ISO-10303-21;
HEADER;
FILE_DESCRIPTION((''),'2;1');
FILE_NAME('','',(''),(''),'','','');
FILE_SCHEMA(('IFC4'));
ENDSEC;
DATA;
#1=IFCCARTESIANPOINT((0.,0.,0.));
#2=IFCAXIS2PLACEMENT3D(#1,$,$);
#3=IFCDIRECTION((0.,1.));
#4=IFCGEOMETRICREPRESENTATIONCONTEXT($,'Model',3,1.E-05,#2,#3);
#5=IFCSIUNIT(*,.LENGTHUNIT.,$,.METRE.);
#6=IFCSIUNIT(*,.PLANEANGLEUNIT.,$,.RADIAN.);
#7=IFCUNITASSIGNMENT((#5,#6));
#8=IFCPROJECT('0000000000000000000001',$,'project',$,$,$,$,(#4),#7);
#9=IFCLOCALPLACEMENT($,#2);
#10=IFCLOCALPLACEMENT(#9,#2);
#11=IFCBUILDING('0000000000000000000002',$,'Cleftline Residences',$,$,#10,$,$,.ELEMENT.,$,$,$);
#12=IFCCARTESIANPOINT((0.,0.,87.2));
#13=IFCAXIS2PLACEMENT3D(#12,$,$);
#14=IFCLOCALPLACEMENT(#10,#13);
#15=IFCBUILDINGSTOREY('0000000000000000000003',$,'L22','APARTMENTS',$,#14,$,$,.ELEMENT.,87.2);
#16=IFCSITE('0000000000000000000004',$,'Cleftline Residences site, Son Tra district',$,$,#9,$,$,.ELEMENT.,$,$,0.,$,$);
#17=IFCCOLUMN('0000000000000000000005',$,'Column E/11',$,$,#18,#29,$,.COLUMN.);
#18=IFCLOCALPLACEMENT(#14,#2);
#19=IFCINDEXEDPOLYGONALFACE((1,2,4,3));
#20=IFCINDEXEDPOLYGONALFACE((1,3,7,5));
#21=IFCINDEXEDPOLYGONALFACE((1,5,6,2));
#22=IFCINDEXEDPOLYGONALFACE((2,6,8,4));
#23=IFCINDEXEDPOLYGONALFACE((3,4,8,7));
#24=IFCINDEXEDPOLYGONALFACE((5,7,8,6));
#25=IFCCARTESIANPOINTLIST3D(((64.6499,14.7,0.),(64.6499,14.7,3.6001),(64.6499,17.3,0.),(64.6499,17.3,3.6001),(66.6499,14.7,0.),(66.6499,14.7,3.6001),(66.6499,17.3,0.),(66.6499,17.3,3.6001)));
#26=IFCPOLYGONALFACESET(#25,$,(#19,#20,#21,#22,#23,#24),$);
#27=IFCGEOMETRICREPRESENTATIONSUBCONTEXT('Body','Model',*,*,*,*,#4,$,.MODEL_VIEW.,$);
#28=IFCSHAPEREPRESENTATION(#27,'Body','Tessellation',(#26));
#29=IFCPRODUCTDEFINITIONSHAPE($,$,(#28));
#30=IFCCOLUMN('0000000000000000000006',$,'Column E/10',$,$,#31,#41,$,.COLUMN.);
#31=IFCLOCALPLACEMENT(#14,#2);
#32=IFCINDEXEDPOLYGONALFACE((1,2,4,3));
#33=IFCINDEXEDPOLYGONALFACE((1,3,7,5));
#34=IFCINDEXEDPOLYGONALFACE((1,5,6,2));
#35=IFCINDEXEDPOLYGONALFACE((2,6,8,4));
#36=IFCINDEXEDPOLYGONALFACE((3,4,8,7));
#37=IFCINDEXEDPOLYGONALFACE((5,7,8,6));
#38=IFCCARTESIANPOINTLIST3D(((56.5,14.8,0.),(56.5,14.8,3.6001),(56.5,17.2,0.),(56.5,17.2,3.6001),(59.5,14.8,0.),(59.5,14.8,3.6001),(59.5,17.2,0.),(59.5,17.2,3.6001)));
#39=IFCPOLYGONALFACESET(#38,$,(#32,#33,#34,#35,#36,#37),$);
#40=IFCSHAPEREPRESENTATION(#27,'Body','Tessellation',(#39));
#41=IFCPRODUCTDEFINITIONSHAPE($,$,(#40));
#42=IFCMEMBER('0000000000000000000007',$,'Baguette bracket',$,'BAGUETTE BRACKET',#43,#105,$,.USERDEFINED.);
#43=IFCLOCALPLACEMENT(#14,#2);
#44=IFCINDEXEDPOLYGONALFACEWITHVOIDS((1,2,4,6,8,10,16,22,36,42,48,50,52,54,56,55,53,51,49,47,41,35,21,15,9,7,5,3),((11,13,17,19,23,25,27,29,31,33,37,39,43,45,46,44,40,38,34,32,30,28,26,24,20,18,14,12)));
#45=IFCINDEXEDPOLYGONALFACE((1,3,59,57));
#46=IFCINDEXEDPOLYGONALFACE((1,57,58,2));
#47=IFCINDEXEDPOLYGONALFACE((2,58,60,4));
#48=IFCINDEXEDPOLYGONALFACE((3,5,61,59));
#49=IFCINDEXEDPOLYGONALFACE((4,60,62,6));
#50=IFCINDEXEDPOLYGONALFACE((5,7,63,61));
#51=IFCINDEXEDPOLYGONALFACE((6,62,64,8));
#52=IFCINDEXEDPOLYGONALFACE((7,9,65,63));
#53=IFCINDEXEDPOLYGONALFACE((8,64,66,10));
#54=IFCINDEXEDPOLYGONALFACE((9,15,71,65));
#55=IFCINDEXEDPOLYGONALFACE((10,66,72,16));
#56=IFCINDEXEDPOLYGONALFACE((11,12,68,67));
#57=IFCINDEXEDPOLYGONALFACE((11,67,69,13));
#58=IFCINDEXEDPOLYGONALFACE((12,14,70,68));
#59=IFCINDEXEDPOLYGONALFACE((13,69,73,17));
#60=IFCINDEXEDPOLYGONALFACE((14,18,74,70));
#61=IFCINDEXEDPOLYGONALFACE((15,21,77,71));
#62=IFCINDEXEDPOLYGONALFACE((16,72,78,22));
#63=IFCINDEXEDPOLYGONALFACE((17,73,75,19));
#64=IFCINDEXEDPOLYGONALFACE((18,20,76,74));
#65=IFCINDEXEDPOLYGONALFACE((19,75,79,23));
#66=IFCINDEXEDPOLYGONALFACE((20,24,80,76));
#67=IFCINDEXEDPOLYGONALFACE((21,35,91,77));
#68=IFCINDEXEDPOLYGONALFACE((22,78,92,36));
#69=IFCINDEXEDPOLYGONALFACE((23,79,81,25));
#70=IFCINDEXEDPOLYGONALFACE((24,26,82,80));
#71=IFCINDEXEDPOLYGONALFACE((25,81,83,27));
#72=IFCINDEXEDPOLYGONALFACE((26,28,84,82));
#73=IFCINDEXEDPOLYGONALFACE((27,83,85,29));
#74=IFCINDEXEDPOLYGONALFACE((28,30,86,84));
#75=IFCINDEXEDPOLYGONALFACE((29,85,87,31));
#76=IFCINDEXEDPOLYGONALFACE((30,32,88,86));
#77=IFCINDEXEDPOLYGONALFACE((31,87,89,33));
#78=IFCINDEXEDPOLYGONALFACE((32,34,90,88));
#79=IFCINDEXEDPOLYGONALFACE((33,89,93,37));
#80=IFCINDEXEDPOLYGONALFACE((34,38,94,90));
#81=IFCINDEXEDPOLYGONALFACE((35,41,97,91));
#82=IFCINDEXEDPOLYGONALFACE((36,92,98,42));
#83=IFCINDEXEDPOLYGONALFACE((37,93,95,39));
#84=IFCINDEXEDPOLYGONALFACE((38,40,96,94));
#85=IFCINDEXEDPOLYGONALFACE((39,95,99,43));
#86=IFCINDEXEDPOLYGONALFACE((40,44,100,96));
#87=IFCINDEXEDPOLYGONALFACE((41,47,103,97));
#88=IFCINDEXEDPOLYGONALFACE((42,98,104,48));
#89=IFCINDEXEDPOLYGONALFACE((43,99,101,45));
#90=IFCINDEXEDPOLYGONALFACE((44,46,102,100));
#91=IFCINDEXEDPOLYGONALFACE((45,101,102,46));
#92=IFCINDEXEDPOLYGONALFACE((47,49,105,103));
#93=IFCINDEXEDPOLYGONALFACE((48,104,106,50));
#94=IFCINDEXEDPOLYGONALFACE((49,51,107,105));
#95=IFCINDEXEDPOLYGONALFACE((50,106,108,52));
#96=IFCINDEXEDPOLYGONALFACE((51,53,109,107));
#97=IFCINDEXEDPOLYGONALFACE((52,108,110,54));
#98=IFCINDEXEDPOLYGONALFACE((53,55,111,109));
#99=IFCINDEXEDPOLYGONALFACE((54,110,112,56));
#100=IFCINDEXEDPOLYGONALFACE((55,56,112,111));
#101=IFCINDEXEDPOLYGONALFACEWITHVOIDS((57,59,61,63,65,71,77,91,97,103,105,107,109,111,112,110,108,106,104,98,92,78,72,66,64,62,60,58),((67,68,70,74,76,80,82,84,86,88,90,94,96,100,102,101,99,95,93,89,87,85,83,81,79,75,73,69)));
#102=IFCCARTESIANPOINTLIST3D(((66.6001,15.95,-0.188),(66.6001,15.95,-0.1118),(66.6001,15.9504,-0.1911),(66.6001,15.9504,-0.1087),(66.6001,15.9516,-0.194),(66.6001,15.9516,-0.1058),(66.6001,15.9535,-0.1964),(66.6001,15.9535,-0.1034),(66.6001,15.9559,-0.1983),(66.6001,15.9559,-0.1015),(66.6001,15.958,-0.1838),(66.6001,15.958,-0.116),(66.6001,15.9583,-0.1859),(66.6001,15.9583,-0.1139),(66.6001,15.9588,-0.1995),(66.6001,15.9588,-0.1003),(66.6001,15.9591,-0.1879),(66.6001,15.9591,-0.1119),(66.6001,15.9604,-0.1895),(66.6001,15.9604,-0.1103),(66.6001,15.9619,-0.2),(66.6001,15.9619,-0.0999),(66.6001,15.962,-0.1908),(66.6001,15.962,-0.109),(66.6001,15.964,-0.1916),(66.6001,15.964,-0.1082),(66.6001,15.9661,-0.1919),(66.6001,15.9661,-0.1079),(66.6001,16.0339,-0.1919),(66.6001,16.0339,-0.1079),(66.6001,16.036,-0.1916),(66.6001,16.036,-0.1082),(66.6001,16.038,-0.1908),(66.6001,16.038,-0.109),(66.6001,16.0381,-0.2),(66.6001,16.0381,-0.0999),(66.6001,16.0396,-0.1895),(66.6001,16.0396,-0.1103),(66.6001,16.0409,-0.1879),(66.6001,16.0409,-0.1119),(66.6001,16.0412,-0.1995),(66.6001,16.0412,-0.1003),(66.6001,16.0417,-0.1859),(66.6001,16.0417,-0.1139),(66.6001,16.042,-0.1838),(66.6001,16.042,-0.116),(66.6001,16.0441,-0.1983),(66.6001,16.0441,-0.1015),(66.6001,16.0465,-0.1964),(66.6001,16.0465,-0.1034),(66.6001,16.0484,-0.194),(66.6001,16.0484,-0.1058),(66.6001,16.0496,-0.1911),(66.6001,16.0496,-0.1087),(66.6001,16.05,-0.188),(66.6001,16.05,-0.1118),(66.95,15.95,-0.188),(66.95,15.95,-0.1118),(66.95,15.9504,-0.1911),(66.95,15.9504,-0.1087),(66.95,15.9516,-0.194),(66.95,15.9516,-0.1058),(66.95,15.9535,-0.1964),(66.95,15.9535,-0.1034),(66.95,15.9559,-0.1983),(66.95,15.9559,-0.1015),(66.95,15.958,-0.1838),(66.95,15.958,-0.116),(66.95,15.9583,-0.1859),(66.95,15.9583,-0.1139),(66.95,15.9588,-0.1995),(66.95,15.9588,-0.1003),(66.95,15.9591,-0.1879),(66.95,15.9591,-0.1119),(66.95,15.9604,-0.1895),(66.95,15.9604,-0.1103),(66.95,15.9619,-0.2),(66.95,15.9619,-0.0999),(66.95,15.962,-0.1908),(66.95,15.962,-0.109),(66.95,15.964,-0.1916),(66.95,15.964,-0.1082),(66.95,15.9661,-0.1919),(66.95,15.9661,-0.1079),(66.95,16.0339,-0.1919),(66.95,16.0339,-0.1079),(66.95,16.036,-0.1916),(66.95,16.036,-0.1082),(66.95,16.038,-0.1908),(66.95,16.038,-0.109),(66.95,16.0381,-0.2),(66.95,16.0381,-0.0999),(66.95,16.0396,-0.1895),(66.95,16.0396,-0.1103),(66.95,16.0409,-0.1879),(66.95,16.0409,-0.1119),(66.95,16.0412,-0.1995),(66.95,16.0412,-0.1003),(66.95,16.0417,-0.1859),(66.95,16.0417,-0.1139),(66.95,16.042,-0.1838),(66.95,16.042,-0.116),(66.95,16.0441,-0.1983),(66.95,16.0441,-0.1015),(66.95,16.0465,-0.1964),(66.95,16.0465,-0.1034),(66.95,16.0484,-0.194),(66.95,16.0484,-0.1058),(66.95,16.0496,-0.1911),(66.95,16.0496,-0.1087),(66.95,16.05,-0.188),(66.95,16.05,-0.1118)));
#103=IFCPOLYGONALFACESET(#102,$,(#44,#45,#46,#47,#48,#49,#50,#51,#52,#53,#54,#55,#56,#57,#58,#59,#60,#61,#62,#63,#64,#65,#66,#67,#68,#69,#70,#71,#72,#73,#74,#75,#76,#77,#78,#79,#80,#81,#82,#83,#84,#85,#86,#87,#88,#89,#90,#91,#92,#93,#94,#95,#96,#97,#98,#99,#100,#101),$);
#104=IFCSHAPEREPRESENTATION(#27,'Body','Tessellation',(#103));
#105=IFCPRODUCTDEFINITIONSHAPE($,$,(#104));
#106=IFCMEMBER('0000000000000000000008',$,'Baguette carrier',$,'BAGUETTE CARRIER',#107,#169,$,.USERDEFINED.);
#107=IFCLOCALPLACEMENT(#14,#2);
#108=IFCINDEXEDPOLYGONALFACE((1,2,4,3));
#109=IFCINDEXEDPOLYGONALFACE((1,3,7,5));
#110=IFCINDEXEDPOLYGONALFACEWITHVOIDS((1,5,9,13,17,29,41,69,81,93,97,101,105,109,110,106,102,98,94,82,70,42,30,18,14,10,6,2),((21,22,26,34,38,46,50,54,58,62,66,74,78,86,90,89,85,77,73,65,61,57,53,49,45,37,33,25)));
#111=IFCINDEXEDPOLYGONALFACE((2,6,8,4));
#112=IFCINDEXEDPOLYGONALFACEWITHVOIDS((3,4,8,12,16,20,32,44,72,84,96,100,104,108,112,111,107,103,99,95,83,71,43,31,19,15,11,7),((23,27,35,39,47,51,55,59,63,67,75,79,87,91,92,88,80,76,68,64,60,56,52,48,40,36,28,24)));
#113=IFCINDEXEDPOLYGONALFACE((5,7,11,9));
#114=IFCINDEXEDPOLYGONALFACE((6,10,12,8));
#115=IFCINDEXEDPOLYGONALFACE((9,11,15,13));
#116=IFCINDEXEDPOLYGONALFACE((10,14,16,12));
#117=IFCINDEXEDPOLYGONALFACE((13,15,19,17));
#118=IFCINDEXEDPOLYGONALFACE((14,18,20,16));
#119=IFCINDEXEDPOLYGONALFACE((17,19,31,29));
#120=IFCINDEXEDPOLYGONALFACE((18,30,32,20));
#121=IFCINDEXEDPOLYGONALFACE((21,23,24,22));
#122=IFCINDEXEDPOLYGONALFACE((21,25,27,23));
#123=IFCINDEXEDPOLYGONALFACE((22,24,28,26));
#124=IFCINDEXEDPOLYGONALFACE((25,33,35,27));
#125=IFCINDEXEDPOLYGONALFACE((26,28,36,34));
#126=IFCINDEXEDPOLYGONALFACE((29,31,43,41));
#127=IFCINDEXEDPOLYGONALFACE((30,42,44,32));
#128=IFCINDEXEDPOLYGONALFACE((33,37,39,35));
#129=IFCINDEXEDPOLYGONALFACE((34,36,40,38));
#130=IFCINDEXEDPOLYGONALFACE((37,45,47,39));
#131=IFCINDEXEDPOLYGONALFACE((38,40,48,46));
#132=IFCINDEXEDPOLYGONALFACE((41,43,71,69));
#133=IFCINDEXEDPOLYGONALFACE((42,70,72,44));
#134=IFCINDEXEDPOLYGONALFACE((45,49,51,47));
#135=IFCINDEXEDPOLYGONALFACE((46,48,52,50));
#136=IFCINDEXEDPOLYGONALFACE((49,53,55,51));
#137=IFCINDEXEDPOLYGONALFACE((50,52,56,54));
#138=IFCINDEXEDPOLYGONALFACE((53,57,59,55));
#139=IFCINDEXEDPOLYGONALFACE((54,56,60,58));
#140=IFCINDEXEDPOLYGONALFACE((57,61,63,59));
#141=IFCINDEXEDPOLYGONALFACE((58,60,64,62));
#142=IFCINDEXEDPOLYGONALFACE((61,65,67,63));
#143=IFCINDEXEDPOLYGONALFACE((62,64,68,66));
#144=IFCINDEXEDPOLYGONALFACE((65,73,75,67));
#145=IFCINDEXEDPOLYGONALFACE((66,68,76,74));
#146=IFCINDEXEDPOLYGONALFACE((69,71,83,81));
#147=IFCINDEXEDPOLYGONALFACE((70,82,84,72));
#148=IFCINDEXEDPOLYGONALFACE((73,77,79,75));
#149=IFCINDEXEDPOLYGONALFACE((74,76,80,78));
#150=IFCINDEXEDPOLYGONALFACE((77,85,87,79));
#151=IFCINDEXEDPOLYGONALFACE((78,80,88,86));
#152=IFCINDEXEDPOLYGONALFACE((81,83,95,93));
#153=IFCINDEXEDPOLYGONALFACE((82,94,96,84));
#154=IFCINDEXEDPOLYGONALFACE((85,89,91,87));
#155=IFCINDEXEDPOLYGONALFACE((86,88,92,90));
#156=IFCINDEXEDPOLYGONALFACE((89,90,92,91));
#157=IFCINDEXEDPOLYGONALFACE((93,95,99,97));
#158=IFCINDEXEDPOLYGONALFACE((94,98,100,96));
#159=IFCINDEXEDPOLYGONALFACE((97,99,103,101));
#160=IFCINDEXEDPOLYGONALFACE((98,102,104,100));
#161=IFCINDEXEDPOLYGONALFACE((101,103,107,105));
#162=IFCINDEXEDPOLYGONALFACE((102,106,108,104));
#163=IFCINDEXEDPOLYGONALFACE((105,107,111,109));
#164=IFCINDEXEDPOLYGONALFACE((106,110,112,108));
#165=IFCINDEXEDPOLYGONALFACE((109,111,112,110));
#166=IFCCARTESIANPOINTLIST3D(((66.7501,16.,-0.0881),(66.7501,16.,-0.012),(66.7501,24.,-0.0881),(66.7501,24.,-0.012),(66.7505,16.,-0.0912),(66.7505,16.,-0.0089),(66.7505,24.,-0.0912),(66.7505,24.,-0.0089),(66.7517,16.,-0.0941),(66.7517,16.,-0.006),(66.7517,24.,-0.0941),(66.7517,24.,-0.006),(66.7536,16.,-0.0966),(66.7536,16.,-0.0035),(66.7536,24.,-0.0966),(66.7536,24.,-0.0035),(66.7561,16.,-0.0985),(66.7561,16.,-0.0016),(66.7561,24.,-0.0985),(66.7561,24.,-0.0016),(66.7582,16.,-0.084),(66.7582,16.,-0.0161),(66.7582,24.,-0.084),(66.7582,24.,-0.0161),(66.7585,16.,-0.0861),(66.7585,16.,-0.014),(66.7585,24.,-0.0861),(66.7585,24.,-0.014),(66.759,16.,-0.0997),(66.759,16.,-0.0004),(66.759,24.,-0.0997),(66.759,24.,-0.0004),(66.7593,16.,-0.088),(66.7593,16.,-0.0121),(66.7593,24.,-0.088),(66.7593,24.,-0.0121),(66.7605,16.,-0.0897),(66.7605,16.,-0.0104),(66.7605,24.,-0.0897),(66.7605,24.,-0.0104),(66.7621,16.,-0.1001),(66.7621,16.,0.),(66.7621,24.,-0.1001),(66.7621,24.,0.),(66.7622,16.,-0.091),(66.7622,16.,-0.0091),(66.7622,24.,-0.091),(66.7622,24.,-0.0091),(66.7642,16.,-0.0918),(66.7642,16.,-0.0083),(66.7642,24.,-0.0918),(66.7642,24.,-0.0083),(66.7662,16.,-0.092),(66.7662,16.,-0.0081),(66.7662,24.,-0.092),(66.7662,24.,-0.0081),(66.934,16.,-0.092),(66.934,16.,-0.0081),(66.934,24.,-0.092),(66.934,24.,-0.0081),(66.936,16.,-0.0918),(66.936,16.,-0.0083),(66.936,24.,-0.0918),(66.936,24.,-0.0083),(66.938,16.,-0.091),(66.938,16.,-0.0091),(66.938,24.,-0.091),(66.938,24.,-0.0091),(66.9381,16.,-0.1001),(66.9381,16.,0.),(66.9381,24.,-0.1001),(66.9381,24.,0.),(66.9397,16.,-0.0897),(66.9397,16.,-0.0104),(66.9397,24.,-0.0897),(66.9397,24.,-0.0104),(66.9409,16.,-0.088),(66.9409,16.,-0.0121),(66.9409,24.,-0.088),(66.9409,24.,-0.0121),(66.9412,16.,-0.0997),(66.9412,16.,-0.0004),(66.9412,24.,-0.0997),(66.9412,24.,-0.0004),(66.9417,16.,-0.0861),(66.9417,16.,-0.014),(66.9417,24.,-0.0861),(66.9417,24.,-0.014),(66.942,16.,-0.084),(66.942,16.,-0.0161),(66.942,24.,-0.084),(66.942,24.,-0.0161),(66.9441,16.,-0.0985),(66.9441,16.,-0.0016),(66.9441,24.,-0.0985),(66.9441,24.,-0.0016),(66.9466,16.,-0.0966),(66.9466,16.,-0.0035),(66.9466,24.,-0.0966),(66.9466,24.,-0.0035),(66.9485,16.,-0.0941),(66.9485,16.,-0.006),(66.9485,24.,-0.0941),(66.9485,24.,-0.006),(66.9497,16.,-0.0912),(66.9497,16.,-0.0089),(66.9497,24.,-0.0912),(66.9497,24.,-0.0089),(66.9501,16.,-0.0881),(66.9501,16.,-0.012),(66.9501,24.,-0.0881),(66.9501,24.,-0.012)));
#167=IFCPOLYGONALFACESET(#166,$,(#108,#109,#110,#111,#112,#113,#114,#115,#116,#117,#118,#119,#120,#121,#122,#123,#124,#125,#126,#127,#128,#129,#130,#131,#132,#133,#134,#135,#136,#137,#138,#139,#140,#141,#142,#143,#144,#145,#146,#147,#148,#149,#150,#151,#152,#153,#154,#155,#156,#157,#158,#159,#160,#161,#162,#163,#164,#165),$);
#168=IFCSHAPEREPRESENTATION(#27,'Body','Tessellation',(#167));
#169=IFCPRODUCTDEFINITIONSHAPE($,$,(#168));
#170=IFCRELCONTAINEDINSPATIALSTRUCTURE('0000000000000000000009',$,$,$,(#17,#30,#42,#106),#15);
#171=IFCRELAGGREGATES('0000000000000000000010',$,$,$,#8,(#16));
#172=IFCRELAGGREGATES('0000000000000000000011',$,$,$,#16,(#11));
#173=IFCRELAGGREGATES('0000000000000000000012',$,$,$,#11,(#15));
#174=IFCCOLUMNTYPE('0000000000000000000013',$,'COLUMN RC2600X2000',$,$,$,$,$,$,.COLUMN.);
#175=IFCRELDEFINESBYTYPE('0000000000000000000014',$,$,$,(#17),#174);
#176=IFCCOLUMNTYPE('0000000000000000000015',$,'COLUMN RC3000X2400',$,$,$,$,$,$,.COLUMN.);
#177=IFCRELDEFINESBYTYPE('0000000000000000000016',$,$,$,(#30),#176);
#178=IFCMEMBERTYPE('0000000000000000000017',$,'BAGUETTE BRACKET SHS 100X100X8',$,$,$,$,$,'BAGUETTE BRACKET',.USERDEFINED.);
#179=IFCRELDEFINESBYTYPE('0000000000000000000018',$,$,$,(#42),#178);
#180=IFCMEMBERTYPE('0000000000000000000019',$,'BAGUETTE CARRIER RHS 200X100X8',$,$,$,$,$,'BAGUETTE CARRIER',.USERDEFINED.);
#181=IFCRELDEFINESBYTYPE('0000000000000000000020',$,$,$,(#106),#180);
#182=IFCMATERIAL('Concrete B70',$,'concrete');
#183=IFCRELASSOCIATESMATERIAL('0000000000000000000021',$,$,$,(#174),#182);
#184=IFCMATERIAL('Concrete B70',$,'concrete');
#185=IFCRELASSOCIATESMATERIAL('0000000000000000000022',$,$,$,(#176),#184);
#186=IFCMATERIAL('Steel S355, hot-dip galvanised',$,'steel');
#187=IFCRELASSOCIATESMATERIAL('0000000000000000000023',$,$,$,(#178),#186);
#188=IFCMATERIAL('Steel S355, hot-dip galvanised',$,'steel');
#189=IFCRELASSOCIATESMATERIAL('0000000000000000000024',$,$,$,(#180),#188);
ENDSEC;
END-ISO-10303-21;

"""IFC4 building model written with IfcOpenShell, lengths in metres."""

from ifc_helpers import new_model, si_unit, direction, frame, origin, origin_2d, place, context, subcontext, project, spatial, rectangle, hollow_rectangle, extrude, material, material_profile, profile_set, type_object, element, save


model = new_model("IFC4")

# Units and contexts
model_context = context("Model", 3, precision=1e-05, world=origin(), true_north=direction((0.0, 1.0)))
body_context = subcontext(model_context, "Body", "Model", "MODEL_VIEW")
ifc_project = project(units=[si_unit("LENGTHUNIT", "METRE"), si_unit("PLANEANGLEUNIT", "RADIAN")], contexts=[model_context])

# Site, building, storey
site_placement = place(None, origin())
site = spatial("IfcSite", under=ifc_project, at=site_placement, Name="Cleftline Residences site, Son Tra district", CompositionType="ELEMENT", RefElevation=0.0)
building_placement = place(site_placement, origin())
building = spatial("IfcBuilding", under=site, at=building_placement, Name="Cleftline Residences", CompositionType="ELEMENT")
storey_placement = place(building_placement, frame((0.0, 0.0, 87.2)))
storey = spatial("IfcBuildingStorey", under=building, at=storey_placement, Name="L22", Description="APARTMENTS", CompositionType="ELEMENT", Elevation=87.2)

# Columns
ifc_material_1 = material(Name="Concrete B70", Category="concrete")
ifc_material_profile_1 = material_profile(ifc_material_1, rectangle(XDim=2.6001, YDim=2.0, at=origin_2d()))
ifc_profile_set_1 = profile_set([ifc_material_profile_1], Name="Concrete B70")
column_type_1 = type_object("IfcColumnType", Name="COLUMN RC2600X2000", PredefinedType="COLUMN", material=ifc_profile_set_1)
column_1_placement = place(storey_placement, frame((65.6499, 16.0, 0.0), z_axis=(0.0, 0.0, 1.0), x_axis=(0.0, 1.0, 0.0)))
element("IfcColumn", 1, at=column_1_placement, inside=storey, type_object=column_type_1, Name="Column E/11", PredefinedType="COLUMN", context=body_context, shape_type="SweptSolid", body=[
    extrude(rectangle(XDim=2.6001, YDim=2.0, at=origin_2d()), origin(), (0.0, 0.0, 1.0), 3.6001),
])
ifc_material_2 = material(Name="Concrete B70", Category="concrete")
ifc_material_profile_2 = material_profile(ifc_material_2, rectangle(XDim=3.0, YDim=2.3999, at=origin_2d()))
ifc_profile_set_2 = profile_set([ifc_material_profile_2], Name="Concrete B70")
column_type_2 = type_object("IfcColumnType", Name="COLUMN RC3000X2400", PredefinedType="COLUMN", material=ifc_profile_set_2)
column_2_placement = place(storey_placement, frame((58.0, 16.0, 0.0), z_axis=(0.0, 0.0, 1.0), x_axis=(1.0, 0.0, 0.0)))
element("IfcColumn", 2, at=column_2_placement, inside=storey, type_object=column_type_2, Name="Column E/10", PredefinedType="COLUMN", context=body_context, shape_type="SweptSolid", body=[
    extrude(rectangle(XDim=3.0, YDim=2.3999, at=origin_2d()), origin(), (0.0, 0.0, 1.0), 3.6001),
])

# Members
ifc_material_3 = material(Name="Steel S355, hot-dip galvanised", Category="steel")
ifc_material_profile_3 = material_profile(ifc_material_3, hollow_rectangle(XDim=0.1001, YDim=0.1001, WallThickness=0.0081, InnerFilletRadius=0.0081, OuterFilletRadius=0.012, at=origin_2d()))
ifc_profile_set_3 = profile_set([ifc_material_profile_3], Name="Steel S355, hot-dip galvanised")
member_type_1 = type_object("IfcMemberType", Name="BAGUETTE BRACKET SHS 100X100X8", ElementType="BAGUETTE BRACKET", PredefinedType="USERDEFINED", material=ifc_profile_set_3)
member_1_placement = place(storey_placement, frame((66.6001, 16.0, -0.1499), z_axis=(1.0, 0.0, 0.0), x_axis=(0.0, 1.0, 0.0)))
element("IfcMember", 3, at=member_1_placement, inside=storey, type_object=member_type_1, Name="Baguette bracket", ObjectType="BAGUETTE BRACKET", PredefinedType="USERDEFINED", context=body_context, shape_type="SweptSolid", body=[
    extrude(hollow_rectangle(XDim=0.1001, YDim=0.1001, WallThickness=0.0081, InnerFilletRadius=0.0081, OuterFilletRadius=0.012, at=origin_2d()), origin(), (0.0, 0.0, 1.0), 0.3499),
])
ifc_material_4 = material(Name="Steel S355, hot-dip galvanised", Category="steel")
ifc_material_profile_4 = material_profile(ifc_material_4, hollow_rectangle(XDim=0.1001, YDim=0.2, WallThickness=0.0081, InnerFilletRadius=0.0081, OuterFilletRadius=0.012, at=origin_2d()))
ifc_profile_set_4 = profile_set([ifc_material_profile_4], Name="Steel S355, hot-dip galvanised")
member_type_2 = type_object("IfcMemberType", Name="BAGUETTE CARRIER RHS 200X100X8", ElementType="BAGUETTE CARRIER", PredefinedType="USERDEFINED", material=ifc_profile_set_4)
member_2_placement = place(storey_placement, frame((66.8501, 16.0, -0.05), z_axis=(0.0, 1.0, 0.0), x_axis=(0.0, 0.0, 1.0)))
element("IfcMember", 4, at=member_2_placement, inside=storey, type_object=member_type_2, Name="Baguette carrier", ObjectType="BAGUETTE CARRIER", PredefinedType="USERDEFINED", context=body_context, shape_type="SweptSolid", body=[
    extrude(hollow_rectangle(XDim=0.1001, YDim=0.2, WallThickness=0.0081, InnerFilletRadius=0.0081, OuterFilletRadius=0.012, at=origin_2d()), origin(), (0.0, 0.0, 1.0), 8.0),
])

save(model, "model.ifc")
